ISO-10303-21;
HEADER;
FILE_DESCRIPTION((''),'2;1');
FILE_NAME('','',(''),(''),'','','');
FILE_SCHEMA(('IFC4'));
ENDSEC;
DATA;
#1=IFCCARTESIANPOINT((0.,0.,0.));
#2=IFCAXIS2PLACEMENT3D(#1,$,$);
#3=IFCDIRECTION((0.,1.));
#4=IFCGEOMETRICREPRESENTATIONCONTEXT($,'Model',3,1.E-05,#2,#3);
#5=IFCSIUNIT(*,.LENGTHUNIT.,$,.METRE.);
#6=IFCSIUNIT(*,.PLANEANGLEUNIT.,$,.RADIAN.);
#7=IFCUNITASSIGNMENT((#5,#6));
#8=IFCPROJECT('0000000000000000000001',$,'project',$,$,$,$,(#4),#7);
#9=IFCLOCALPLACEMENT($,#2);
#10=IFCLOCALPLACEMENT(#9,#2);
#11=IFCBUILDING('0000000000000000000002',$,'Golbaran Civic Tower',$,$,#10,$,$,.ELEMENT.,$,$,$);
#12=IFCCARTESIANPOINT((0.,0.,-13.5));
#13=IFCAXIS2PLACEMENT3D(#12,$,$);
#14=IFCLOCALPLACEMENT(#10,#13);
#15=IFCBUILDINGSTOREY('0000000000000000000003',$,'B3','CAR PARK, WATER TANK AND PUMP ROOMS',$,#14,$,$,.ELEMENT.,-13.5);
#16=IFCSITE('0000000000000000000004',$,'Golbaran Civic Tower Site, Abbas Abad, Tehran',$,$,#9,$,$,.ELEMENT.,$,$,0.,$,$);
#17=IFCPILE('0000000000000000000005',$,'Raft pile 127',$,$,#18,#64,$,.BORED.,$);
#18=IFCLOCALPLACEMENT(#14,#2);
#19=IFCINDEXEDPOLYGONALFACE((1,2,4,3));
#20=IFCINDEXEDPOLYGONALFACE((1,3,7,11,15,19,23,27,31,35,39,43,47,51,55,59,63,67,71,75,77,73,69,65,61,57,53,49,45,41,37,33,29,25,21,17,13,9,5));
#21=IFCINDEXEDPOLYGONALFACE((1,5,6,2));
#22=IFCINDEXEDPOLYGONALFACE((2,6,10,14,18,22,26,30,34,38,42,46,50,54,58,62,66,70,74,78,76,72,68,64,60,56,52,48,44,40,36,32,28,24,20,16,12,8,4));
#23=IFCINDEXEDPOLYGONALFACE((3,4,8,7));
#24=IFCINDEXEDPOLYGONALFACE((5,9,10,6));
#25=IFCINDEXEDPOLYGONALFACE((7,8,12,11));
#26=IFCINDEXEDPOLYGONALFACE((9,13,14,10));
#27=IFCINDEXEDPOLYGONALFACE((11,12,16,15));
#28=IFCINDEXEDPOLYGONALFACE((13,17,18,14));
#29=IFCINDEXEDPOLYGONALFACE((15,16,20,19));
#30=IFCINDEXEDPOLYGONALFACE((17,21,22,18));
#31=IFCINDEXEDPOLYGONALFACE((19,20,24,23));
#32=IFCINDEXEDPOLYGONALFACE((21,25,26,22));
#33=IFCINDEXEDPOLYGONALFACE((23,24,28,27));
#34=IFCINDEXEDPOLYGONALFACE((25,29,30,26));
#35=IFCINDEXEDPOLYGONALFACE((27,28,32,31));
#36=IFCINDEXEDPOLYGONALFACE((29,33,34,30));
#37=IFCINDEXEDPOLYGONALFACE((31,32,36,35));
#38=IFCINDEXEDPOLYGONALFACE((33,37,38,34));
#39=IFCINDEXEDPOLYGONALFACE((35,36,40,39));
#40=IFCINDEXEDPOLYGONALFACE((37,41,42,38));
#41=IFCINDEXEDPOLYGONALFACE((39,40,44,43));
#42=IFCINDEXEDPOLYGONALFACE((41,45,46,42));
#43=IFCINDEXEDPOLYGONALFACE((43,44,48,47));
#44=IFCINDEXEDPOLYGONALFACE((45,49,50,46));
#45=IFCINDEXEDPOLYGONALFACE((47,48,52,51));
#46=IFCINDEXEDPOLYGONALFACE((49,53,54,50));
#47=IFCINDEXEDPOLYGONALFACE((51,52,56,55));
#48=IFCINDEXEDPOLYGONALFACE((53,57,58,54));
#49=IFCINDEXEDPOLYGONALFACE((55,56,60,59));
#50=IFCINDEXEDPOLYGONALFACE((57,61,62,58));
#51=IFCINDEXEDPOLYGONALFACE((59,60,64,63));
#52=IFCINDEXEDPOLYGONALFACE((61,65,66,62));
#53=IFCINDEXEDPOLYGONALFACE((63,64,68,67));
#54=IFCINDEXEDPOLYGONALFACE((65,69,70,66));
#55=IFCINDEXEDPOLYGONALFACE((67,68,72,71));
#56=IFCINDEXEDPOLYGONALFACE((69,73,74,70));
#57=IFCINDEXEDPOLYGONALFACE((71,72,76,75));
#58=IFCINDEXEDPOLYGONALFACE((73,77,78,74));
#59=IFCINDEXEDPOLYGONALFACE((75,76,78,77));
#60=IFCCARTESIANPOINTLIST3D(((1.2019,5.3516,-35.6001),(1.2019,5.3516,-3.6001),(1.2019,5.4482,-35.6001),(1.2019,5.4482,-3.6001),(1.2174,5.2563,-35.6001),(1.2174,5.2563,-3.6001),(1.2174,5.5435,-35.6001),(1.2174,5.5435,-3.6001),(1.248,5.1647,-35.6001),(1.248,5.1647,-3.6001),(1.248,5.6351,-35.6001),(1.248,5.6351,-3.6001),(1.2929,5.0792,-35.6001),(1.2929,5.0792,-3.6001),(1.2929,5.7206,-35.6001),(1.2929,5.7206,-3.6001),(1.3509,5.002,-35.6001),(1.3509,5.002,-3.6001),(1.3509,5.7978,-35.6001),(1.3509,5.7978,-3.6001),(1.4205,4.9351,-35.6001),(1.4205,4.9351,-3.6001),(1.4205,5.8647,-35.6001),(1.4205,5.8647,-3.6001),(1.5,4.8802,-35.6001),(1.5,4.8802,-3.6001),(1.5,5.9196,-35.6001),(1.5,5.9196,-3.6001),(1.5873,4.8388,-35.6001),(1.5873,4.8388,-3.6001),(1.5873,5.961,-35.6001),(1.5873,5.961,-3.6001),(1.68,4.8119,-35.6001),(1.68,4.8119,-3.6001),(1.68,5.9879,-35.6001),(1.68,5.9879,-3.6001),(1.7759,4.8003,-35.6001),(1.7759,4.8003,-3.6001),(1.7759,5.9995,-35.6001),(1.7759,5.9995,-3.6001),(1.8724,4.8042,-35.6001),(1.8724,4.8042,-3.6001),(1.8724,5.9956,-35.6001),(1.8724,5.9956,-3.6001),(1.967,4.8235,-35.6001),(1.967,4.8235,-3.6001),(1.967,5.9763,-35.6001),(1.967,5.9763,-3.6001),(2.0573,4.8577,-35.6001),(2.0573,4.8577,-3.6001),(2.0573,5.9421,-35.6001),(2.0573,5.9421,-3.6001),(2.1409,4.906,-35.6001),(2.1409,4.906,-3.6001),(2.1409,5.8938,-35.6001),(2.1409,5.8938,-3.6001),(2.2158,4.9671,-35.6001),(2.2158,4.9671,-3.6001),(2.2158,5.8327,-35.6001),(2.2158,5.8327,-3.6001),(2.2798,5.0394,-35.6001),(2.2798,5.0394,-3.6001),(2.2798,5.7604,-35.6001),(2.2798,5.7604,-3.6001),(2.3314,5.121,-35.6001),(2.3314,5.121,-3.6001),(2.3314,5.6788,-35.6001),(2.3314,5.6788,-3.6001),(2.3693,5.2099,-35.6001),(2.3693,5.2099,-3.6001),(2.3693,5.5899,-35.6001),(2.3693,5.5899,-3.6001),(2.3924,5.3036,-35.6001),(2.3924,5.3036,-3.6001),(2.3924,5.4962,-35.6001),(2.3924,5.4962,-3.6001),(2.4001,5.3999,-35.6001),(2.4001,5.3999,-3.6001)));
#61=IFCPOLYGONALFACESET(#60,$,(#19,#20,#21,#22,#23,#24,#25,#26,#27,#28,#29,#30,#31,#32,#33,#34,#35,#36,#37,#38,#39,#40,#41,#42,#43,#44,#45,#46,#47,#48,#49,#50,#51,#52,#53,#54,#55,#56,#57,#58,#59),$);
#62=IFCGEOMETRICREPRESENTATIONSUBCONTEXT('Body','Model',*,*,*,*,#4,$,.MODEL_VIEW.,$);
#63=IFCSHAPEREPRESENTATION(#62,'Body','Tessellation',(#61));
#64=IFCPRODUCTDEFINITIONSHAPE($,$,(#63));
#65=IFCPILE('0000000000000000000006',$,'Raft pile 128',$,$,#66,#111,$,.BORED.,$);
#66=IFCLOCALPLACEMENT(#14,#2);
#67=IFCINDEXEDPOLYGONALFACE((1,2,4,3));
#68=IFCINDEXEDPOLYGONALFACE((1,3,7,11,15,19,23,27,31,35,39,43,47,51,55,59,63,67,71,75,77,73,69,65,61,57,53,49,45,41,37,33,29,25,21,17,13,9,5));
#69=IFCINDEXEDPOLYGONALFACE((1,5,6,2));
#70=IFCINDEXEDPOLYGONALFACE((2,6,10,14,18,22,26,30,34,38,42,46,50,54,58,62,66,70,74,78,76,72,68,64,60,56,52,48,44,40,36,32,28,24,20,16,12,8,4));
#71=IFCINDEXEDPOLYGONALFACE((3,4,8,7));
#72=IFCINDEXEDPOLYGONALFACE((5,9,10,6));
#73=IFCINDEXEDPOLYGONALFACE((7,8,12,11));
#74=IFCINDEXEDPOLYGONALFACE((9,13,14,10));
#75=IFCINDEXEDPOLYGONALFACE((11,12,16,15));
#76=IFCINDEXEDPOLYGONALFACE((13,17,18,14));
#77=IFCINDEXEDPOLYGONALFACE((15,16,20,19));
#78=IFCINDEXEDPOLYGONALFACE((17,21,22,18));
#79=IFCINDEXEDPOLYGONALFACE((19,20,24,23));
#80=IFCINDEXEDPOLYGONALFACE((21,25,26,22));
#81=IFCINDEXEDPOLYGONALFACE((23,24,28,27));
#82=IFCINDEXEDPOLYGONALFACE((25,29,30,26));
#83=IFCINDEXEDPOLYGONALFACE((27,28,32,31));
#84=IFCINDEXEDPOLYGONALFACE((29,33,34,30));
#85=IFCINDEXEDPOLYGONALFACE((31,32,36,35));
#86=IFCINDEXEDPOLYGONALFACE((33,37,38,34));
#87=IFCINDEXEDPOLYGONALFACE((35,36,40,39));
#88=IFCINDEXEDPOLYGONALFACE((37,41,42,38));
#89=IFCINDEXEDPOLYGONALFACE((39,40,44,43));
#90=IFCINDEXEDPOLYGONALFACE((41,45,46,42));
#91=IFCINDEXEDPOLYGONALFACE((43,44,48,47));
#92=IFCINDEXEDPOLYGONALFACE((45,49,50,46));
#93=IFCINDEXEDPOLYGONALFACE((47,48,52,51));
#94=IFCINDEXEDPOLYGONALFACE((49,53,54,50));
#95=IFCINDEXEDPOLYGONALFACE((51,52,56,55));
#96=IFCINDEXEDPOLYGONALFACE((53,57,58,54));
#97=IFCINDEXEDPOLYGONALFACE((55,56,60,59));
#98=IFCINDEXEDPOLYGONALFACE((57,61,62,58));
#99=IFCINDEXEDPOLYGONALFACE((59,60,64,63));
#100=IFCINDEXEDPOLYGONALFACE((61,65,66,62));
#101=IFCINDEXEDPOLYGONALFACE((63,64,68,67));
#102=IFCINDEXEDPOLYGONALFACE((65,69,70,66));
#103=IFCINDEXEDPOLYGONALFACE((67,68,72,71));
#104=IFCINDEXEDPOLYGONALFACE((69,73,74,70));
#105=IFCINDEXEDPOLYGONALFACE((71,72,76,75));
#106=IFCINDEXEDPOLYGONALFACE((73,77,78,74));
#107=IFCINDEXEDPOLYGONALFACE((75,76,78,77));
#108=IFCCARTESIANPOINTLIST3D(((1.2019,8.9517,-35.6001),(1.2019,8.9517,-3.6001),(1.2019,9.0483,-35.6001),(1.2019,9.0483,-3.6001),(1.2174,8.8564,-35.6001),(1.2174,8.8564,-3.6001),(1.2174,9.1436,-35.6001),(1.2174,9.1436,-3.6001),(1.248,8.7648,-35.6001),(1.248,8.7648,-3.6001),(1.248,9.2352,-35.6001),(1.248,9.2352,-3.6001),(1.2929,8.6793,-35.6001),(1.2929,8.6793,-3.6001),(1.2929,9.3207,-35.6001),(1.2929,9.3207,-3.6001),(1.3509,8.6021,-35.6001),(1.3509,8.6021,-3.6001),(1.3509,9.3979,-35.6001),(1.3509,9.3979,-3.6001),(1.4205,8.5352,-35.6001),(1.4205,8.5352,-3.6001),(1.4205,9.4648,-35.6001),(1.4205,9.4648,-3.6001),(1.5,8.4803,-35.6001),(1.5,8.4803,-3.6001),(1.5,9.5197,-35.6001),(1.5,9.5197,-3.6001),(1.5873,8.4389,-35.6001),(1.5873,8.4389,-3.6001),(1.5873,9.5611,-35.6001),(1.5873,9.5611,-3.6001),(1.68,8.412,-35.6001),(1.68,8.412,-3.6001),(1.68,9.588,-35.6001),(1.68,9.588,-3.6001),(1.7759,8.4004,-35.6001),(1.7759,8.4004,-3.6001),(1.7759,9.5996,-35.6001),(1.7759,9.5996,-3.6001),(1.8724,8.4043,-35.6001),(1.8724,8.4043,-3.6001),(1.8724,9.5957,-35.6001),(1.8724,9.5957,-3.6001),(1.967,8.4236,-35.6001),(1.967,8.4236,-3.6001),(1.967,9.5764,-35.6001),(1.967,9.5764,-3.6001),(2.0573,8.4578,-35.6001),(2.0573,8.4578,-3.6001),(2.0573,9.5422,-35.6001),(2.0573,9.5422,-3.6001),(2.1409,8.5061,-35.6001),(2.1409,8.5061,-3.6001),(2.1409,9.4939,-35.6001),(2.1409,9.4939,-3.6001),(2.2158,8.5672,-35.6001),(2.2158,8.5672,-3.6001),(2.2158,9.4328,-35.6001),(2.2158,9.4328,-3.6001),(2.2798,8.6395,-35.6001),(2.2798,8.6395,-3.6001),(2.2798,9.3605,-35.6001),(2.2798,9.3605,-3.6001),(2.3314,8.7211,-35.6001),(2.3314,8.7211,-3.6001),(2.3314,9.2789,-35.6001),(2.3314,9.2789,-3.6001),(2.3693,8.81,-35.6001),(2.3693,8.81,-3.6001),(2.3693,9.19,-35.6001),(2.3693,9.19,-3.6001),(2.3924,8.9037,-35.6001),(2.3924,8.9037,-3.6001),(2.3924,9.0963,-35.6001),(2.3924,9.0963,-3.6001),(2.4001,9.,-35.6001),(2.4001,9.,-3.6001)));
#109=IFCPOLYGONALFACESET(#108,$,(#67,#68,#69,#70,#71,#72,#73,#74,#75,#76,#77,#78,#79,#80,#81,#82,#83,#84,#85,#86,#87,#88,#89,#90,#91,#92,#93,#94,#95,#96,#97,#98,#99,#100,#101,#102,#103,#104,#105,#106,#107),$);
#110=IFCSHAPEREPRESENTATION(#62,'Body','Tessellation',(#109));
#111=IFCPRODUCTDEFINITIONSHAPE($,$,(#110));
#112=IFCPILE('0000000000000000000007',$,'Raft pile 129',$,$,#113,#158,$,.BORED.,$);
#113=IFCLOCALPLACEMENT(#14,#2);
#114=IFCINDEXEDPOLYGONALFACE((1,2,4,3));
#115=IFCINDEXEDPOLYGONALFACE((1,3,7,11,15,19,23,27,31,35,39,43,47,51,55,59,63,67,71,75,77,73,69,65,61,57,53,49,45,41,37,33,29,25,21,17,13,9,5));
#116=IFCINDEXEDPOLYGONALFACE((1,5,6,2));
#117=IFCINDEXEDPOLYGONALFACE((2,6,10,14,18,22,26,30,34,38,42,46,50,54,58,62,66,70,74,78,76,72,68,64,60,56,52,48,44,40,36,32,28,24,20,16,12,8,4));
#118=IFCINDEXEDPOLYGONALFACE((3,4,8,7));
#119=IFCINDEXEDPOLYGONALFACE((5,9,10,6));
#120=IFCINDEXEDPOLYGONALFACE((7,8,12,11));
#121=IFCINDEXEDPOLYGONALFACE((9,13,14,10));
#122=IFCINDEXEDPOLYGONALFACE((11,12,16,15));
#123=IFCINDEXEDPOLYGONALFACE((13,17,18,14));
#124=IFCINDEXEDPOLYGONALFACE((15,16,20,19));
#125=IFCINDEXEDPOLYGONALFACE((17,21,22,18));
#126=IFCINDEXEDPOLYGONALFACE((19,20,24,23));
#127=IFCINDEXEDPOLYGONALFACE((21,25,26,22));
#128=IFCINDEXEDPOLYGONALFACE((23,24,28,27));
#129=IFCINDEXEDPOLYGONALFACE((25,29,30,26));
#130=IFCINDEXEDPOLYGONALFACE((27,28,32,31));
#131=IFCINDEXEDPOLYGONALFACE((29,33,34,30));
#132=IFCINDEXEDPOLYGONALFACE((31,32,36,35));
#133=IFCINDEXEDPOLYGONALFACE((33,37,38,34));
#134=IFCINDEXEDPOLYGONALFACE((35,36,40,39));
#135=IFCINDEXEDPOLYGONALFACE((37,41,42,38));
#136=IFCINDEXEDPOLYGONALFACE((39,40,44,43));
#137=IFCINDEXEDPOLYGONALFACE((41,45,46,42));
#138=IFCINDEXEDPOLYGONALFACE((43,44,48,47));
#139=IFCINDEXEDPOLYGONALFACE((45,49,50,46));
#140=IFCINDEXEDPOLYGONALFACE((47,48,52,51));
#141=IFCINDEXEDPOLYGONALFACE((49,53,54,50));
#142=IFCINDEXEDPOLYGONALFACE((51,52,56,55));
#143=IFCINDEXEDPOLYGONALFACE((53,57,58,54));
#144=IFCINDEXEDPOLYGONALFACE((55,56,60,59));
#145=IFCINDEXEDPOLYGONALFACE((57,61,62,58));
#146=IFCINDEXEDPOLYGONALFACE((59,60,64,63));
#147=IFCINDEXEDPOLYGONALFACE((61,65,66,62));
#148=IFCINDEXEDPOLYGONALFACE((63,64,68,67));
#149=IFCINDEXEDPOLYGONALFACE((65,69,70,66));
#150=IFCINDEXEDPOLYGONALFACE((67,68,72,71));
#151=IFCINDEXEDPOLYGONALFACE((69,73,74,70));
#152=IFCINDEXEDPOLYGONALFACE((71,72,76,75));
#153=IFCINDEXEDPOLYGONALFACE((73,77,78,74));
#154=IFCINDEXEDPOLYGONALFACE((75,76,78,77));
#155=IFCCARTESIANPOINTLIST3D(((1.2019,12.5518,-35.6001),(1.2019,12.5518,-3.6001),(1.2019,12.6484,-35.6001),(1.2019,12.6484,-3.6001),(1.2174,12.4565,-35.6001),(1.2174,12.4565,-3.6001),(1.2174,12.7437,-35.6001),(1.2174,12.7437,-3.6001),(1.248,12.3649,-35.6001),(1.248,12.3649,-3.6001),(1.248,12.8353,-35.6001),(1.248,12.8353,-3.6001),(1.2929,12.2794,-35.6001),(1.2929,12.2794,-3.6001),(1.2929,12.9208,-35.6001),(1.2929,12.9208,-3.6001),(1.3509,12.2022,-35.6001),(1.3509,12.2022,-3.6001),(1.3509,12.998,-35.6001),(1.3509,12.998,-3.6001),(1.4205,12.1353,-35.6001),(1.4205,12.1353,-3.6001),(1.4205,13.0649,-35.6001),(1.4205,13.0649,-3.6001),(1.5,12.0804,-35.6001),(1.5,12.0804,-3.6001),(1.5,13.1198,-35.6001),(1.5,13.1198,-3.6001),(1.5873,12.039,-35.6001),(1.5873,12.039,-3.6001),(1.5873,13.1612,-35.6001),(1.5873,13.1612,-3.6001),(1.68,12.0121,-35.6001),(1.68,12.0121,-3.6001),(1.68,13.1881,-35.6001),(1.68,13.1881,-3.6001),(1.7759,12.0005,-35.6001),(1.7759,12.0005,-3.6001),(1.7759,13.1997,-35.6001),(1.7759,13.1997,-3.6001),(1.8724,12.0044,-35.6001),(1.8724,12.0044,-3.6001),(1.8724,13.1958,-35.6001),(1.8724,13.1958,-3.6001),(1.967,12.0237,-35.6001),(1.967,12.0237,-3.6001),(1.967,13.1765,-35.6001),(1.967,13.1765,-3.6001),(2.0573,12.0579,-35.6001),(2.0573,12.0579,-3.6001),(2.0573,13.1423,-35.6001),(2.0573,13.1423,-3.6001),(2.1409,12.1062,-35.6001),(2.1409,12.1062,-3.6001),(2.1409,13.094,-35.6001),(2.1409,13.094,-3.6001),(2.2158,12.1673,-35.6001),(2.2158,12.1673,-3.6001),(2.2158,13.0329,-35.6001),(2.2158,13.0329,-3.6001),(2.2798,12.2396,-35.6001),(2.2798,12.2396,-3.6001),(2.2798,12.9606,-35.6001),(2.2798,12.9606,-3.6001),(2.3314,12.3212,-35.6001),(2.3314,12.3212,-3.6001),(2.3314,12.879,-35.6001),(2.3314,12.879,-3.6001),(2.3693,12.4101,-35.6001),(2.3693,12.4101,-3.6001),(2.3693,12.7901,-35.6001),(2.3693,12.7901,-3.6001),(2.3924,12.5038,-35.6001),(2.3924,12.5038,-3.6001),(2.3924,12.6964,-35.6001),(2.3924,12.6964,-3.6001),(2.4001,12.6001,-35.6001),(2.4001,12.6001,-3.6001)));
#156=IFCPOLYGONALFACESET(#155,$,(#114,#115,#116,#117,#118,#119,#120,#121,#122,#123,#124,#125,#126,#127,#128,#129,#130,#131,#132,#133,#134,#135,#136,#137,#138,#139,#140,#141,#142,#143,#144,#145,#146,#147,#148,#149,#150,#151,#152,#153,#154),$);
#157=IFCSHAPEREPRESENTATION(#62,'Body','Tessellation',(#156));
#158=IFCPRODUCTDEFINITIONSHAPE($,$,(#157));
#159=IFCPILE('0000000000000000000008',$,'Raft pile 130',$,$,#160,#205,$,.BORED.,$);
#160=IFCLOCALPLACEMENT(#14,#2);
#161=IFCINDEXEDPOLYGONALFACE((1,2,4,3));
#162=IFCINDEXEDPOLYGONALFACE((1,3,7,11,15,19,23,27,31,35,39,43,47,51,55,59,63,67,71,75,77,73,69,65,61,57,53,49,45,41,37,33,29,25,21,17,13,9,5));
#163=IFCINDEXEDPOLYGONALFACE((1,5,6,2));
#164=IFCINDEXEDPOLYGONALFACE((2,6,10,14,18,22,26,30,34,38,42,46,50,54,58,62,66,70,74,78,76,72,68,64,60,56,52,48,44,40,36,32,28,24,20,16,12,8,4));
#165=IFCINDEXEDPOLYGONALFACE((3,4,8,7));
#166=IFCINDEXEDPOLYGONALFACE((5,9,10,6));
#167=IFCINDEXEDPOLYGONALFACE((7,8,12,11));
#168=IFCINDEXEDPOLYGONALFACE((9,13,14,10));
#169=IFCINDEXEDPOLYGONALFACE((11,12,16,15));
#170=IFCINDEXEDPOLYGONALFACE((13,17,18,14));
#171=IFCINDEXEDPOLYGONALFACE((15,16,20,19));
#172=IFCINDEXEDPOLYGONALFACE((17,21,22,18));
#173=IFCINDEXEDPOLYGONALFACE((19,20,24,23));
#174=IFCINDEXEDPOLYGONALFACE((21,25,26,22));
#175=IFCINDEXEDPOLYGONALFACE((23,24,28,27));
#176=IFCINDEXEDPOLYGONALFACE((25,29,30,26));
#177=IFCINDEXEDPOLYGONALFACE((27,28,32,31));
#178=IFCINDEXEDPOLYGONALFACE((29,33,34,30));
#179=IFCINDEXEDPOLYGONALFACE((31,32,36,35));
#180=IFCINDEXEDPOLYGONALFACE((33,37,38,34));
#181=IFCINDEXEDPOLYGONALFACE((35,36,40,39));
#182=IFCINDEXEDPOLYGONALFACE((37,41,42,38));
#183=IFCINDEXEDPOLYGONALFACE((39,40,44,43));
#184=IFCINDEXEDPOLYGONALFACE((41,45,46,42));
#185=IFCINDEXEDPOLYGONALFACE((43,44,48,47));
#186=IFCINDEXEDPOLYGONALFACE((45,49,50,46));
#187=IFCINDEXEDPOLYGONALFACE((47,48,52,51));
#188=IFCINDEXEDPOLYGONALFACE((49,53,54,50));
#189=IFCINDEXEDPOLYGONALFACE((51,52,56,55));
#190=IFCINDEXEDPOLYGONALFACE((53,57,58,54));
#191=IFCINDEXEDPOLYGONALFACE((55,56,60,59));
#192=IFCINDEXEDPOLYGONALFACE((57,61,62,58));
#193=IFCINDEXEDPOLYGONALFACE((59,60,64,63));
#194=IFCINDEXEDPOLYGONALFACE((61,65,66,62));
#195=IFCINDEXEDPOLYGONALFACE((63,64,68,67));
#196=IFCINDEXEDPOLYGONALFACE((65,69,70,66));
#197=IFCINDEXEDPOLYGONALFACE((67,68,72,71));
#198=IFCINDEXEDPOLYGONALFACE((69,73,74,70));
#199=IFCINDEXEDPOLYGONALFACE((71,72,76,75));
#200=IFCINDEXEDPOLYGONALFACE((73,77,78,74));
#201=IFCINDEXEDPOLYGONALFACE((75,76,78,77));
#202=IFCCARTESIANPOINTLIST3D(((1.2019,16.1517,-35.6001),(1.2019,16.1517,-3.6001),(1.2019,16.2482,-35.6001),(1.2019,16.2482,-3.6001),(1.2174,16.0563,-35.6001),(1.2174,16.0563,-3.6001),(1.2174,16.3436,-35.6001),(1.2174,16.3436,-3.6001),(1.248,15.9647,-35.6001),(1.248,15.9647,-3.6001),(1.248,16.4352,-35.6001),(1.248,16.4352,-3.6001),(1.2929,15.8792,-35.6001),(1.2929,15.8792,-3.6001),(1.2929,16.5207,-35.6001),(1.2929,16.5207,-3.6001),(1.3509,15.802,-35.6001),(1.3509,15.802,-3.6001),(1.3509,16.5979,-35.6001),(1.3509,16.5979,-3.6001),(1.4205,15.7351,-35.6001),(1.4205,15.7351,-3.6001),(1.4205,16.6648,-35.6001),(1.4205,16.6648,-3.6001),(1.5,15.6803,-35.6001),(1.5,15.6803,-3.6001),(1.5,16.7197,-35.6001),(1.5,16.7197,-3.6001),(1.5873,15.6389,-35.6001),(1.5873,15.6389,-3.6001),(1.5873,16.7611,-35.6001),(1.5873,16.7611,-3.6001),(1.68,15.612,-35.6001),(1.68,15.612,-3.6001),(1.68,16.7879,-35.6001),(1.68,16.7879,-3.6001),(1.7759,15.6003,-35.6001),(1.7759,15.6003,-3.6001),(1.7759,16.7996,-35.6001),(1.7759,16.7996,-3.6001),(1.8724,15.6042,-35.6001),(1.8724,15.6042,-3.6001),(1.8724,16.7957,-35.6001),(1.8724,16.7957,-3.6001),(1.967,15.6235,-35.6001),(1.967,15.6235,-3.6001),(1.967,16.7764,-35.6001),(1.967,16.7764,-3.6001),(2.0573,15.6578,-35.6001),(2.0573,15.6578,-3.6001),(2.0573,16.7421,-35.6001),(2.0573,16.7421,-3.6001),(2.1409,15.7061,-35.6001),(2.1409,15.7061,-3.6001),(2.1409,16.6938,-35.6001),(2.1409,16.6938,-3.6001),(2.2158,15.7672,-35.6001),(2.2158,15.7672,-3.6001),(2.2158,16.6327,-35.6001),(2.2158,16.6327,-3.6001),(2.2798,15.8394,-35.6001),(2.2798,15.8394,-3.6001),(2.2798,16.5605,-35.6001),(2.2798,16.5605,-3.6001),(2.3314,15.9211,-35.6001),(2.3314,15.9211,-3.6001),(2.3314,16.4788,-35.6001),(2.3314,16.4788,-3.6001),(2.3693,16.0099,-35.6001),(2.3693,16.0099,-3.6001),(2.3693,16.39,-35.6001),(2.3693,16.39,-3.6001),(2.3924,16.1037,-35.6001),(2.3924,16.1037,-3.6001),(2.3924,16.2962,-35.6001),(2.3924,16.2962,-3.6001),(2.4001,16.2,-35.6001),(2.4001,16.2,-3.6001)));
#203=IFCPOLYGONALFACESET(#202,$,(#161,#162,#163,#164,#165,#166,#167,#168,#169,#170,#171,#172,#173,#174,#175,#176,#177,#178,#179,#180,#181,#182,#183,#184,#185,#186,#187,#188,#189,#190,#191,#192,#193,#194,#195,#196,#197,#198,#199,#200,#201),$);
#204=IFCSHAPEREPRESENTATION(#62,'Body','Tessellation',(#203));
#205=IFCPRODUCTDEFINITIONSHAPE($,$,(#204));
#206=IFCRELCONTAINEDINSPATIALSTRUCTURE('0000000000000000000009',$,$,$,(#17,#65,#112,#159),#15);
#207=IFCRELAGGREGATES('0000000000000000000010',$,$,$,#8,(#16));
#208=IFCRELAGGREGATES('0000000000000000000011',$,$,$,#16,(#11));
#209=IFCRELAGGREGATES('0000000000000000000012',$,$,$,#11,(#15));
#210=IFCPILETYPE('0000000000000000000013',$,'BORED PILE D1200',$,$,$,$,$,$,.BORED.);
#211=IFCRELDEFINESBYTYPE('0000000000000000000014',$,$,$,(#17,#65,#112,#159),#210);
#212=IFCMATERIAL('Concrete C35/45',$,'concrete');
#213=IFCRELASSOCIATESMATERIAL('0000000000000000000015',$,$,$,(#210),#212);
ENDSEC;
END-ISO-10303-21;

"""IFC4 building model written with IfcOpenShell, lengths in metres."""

from ifc_helpers import new_model, si_unit, direction, frame, origin, origin_2d, place, context, subcontext, project, spatial, circle, extrude, material, material_profile, profile_set, type_object, element, save


model = new_model("IFC4")

# Units and contexts
model_context = context("Model", 3, precision=1e-05, world=origin(), true_north=direction((0.0, 1.0)))
body_context = subcontext(model_context, "Body", "Model", "MODEL_VIEW")
ifc_project = project(units=[si_unit("LENGTHUNIT", "METRE"), si_unit("PLANEANGLEUNIT", "RADIAN")], contexts=[model_context])

# Site, building, storey
site_placement = place(None, origin())
site = spatial("IfcSite", under=ifc_project, at=site_placement, Name="Golbaran Civic Tower Site, Abbas Abad, Tehran", CompositionType="ELEMENT", RefElevation=0.0)
building_placement = place(site_placement, origin())
building = spatial("IfcBuilding", under=site, at=building_placement, Name="Golbaran Civic Tower", CompositionType="ELEMENT")
storey_placement = place(building_placement, frame((0.0, 0.0, -13.5)))
storey = spatial("IfcBuildingStorey", under=building, at=storey_placement, Name="B3", Description="CAR PARK, WATER TANK AND PUMP ROOMS", CompositionType="ELEMENT", Elevation=-13.5)

# Piles
ifc_material_1 = material(Name="Concrete C35/45", Category="concrete")
ifc_material_profile = material_profile(ifc_material_1, circle(Radius=0.6001, at=origin_2d()), Name="BORED PILE D1200")
ifc_profile_set = profile_set([ifc_material_profile], Name="Concrete C35/45")
pile_type = type_object("IfcPileType", Name="BORED PILE D1200", PredefinedType="BORED", material=ifc_profile_set)
for number, where, z_axis, x_axis, name in (
    (1, (1.8, 5.3999, -3.6001), (0.0, 0.0, -1.0), (1.0, 0.0, 0.0), "Raft pile 127"),
    (2, (1.8, 9.0, -3.6001), (0.0, 0.0, -1.0), (1.0, 0.0, 0.0), "Raft pile 128"),
    (3, (1.8, 12.6001, -3.6001), (0.0, 0.0, -1.0), (1.0, 0.0, 0.0), "Raft pile 129"),
    (4, (1.8, 16.2, -3.6001), (0.0, 0.0, -1.0), (1.0, 0.0, 0.0), "Raft pile 130"),
):
    element("IfcPile", number, at=place(storey_placement, frame(where, z_axis=z_axis, x_axis=x_axis)), inside=storey, type_object=pile_type, Name=name, PredefinedType="BORED", context=body_context, shape_type="SweptSolid", body=[
        extrude(circle(Radius=0.6001, at=origin_2d()), origin(), (0.0, 0.0, 1.0), 32.0),
    ])

save(model, "model.ifc")
